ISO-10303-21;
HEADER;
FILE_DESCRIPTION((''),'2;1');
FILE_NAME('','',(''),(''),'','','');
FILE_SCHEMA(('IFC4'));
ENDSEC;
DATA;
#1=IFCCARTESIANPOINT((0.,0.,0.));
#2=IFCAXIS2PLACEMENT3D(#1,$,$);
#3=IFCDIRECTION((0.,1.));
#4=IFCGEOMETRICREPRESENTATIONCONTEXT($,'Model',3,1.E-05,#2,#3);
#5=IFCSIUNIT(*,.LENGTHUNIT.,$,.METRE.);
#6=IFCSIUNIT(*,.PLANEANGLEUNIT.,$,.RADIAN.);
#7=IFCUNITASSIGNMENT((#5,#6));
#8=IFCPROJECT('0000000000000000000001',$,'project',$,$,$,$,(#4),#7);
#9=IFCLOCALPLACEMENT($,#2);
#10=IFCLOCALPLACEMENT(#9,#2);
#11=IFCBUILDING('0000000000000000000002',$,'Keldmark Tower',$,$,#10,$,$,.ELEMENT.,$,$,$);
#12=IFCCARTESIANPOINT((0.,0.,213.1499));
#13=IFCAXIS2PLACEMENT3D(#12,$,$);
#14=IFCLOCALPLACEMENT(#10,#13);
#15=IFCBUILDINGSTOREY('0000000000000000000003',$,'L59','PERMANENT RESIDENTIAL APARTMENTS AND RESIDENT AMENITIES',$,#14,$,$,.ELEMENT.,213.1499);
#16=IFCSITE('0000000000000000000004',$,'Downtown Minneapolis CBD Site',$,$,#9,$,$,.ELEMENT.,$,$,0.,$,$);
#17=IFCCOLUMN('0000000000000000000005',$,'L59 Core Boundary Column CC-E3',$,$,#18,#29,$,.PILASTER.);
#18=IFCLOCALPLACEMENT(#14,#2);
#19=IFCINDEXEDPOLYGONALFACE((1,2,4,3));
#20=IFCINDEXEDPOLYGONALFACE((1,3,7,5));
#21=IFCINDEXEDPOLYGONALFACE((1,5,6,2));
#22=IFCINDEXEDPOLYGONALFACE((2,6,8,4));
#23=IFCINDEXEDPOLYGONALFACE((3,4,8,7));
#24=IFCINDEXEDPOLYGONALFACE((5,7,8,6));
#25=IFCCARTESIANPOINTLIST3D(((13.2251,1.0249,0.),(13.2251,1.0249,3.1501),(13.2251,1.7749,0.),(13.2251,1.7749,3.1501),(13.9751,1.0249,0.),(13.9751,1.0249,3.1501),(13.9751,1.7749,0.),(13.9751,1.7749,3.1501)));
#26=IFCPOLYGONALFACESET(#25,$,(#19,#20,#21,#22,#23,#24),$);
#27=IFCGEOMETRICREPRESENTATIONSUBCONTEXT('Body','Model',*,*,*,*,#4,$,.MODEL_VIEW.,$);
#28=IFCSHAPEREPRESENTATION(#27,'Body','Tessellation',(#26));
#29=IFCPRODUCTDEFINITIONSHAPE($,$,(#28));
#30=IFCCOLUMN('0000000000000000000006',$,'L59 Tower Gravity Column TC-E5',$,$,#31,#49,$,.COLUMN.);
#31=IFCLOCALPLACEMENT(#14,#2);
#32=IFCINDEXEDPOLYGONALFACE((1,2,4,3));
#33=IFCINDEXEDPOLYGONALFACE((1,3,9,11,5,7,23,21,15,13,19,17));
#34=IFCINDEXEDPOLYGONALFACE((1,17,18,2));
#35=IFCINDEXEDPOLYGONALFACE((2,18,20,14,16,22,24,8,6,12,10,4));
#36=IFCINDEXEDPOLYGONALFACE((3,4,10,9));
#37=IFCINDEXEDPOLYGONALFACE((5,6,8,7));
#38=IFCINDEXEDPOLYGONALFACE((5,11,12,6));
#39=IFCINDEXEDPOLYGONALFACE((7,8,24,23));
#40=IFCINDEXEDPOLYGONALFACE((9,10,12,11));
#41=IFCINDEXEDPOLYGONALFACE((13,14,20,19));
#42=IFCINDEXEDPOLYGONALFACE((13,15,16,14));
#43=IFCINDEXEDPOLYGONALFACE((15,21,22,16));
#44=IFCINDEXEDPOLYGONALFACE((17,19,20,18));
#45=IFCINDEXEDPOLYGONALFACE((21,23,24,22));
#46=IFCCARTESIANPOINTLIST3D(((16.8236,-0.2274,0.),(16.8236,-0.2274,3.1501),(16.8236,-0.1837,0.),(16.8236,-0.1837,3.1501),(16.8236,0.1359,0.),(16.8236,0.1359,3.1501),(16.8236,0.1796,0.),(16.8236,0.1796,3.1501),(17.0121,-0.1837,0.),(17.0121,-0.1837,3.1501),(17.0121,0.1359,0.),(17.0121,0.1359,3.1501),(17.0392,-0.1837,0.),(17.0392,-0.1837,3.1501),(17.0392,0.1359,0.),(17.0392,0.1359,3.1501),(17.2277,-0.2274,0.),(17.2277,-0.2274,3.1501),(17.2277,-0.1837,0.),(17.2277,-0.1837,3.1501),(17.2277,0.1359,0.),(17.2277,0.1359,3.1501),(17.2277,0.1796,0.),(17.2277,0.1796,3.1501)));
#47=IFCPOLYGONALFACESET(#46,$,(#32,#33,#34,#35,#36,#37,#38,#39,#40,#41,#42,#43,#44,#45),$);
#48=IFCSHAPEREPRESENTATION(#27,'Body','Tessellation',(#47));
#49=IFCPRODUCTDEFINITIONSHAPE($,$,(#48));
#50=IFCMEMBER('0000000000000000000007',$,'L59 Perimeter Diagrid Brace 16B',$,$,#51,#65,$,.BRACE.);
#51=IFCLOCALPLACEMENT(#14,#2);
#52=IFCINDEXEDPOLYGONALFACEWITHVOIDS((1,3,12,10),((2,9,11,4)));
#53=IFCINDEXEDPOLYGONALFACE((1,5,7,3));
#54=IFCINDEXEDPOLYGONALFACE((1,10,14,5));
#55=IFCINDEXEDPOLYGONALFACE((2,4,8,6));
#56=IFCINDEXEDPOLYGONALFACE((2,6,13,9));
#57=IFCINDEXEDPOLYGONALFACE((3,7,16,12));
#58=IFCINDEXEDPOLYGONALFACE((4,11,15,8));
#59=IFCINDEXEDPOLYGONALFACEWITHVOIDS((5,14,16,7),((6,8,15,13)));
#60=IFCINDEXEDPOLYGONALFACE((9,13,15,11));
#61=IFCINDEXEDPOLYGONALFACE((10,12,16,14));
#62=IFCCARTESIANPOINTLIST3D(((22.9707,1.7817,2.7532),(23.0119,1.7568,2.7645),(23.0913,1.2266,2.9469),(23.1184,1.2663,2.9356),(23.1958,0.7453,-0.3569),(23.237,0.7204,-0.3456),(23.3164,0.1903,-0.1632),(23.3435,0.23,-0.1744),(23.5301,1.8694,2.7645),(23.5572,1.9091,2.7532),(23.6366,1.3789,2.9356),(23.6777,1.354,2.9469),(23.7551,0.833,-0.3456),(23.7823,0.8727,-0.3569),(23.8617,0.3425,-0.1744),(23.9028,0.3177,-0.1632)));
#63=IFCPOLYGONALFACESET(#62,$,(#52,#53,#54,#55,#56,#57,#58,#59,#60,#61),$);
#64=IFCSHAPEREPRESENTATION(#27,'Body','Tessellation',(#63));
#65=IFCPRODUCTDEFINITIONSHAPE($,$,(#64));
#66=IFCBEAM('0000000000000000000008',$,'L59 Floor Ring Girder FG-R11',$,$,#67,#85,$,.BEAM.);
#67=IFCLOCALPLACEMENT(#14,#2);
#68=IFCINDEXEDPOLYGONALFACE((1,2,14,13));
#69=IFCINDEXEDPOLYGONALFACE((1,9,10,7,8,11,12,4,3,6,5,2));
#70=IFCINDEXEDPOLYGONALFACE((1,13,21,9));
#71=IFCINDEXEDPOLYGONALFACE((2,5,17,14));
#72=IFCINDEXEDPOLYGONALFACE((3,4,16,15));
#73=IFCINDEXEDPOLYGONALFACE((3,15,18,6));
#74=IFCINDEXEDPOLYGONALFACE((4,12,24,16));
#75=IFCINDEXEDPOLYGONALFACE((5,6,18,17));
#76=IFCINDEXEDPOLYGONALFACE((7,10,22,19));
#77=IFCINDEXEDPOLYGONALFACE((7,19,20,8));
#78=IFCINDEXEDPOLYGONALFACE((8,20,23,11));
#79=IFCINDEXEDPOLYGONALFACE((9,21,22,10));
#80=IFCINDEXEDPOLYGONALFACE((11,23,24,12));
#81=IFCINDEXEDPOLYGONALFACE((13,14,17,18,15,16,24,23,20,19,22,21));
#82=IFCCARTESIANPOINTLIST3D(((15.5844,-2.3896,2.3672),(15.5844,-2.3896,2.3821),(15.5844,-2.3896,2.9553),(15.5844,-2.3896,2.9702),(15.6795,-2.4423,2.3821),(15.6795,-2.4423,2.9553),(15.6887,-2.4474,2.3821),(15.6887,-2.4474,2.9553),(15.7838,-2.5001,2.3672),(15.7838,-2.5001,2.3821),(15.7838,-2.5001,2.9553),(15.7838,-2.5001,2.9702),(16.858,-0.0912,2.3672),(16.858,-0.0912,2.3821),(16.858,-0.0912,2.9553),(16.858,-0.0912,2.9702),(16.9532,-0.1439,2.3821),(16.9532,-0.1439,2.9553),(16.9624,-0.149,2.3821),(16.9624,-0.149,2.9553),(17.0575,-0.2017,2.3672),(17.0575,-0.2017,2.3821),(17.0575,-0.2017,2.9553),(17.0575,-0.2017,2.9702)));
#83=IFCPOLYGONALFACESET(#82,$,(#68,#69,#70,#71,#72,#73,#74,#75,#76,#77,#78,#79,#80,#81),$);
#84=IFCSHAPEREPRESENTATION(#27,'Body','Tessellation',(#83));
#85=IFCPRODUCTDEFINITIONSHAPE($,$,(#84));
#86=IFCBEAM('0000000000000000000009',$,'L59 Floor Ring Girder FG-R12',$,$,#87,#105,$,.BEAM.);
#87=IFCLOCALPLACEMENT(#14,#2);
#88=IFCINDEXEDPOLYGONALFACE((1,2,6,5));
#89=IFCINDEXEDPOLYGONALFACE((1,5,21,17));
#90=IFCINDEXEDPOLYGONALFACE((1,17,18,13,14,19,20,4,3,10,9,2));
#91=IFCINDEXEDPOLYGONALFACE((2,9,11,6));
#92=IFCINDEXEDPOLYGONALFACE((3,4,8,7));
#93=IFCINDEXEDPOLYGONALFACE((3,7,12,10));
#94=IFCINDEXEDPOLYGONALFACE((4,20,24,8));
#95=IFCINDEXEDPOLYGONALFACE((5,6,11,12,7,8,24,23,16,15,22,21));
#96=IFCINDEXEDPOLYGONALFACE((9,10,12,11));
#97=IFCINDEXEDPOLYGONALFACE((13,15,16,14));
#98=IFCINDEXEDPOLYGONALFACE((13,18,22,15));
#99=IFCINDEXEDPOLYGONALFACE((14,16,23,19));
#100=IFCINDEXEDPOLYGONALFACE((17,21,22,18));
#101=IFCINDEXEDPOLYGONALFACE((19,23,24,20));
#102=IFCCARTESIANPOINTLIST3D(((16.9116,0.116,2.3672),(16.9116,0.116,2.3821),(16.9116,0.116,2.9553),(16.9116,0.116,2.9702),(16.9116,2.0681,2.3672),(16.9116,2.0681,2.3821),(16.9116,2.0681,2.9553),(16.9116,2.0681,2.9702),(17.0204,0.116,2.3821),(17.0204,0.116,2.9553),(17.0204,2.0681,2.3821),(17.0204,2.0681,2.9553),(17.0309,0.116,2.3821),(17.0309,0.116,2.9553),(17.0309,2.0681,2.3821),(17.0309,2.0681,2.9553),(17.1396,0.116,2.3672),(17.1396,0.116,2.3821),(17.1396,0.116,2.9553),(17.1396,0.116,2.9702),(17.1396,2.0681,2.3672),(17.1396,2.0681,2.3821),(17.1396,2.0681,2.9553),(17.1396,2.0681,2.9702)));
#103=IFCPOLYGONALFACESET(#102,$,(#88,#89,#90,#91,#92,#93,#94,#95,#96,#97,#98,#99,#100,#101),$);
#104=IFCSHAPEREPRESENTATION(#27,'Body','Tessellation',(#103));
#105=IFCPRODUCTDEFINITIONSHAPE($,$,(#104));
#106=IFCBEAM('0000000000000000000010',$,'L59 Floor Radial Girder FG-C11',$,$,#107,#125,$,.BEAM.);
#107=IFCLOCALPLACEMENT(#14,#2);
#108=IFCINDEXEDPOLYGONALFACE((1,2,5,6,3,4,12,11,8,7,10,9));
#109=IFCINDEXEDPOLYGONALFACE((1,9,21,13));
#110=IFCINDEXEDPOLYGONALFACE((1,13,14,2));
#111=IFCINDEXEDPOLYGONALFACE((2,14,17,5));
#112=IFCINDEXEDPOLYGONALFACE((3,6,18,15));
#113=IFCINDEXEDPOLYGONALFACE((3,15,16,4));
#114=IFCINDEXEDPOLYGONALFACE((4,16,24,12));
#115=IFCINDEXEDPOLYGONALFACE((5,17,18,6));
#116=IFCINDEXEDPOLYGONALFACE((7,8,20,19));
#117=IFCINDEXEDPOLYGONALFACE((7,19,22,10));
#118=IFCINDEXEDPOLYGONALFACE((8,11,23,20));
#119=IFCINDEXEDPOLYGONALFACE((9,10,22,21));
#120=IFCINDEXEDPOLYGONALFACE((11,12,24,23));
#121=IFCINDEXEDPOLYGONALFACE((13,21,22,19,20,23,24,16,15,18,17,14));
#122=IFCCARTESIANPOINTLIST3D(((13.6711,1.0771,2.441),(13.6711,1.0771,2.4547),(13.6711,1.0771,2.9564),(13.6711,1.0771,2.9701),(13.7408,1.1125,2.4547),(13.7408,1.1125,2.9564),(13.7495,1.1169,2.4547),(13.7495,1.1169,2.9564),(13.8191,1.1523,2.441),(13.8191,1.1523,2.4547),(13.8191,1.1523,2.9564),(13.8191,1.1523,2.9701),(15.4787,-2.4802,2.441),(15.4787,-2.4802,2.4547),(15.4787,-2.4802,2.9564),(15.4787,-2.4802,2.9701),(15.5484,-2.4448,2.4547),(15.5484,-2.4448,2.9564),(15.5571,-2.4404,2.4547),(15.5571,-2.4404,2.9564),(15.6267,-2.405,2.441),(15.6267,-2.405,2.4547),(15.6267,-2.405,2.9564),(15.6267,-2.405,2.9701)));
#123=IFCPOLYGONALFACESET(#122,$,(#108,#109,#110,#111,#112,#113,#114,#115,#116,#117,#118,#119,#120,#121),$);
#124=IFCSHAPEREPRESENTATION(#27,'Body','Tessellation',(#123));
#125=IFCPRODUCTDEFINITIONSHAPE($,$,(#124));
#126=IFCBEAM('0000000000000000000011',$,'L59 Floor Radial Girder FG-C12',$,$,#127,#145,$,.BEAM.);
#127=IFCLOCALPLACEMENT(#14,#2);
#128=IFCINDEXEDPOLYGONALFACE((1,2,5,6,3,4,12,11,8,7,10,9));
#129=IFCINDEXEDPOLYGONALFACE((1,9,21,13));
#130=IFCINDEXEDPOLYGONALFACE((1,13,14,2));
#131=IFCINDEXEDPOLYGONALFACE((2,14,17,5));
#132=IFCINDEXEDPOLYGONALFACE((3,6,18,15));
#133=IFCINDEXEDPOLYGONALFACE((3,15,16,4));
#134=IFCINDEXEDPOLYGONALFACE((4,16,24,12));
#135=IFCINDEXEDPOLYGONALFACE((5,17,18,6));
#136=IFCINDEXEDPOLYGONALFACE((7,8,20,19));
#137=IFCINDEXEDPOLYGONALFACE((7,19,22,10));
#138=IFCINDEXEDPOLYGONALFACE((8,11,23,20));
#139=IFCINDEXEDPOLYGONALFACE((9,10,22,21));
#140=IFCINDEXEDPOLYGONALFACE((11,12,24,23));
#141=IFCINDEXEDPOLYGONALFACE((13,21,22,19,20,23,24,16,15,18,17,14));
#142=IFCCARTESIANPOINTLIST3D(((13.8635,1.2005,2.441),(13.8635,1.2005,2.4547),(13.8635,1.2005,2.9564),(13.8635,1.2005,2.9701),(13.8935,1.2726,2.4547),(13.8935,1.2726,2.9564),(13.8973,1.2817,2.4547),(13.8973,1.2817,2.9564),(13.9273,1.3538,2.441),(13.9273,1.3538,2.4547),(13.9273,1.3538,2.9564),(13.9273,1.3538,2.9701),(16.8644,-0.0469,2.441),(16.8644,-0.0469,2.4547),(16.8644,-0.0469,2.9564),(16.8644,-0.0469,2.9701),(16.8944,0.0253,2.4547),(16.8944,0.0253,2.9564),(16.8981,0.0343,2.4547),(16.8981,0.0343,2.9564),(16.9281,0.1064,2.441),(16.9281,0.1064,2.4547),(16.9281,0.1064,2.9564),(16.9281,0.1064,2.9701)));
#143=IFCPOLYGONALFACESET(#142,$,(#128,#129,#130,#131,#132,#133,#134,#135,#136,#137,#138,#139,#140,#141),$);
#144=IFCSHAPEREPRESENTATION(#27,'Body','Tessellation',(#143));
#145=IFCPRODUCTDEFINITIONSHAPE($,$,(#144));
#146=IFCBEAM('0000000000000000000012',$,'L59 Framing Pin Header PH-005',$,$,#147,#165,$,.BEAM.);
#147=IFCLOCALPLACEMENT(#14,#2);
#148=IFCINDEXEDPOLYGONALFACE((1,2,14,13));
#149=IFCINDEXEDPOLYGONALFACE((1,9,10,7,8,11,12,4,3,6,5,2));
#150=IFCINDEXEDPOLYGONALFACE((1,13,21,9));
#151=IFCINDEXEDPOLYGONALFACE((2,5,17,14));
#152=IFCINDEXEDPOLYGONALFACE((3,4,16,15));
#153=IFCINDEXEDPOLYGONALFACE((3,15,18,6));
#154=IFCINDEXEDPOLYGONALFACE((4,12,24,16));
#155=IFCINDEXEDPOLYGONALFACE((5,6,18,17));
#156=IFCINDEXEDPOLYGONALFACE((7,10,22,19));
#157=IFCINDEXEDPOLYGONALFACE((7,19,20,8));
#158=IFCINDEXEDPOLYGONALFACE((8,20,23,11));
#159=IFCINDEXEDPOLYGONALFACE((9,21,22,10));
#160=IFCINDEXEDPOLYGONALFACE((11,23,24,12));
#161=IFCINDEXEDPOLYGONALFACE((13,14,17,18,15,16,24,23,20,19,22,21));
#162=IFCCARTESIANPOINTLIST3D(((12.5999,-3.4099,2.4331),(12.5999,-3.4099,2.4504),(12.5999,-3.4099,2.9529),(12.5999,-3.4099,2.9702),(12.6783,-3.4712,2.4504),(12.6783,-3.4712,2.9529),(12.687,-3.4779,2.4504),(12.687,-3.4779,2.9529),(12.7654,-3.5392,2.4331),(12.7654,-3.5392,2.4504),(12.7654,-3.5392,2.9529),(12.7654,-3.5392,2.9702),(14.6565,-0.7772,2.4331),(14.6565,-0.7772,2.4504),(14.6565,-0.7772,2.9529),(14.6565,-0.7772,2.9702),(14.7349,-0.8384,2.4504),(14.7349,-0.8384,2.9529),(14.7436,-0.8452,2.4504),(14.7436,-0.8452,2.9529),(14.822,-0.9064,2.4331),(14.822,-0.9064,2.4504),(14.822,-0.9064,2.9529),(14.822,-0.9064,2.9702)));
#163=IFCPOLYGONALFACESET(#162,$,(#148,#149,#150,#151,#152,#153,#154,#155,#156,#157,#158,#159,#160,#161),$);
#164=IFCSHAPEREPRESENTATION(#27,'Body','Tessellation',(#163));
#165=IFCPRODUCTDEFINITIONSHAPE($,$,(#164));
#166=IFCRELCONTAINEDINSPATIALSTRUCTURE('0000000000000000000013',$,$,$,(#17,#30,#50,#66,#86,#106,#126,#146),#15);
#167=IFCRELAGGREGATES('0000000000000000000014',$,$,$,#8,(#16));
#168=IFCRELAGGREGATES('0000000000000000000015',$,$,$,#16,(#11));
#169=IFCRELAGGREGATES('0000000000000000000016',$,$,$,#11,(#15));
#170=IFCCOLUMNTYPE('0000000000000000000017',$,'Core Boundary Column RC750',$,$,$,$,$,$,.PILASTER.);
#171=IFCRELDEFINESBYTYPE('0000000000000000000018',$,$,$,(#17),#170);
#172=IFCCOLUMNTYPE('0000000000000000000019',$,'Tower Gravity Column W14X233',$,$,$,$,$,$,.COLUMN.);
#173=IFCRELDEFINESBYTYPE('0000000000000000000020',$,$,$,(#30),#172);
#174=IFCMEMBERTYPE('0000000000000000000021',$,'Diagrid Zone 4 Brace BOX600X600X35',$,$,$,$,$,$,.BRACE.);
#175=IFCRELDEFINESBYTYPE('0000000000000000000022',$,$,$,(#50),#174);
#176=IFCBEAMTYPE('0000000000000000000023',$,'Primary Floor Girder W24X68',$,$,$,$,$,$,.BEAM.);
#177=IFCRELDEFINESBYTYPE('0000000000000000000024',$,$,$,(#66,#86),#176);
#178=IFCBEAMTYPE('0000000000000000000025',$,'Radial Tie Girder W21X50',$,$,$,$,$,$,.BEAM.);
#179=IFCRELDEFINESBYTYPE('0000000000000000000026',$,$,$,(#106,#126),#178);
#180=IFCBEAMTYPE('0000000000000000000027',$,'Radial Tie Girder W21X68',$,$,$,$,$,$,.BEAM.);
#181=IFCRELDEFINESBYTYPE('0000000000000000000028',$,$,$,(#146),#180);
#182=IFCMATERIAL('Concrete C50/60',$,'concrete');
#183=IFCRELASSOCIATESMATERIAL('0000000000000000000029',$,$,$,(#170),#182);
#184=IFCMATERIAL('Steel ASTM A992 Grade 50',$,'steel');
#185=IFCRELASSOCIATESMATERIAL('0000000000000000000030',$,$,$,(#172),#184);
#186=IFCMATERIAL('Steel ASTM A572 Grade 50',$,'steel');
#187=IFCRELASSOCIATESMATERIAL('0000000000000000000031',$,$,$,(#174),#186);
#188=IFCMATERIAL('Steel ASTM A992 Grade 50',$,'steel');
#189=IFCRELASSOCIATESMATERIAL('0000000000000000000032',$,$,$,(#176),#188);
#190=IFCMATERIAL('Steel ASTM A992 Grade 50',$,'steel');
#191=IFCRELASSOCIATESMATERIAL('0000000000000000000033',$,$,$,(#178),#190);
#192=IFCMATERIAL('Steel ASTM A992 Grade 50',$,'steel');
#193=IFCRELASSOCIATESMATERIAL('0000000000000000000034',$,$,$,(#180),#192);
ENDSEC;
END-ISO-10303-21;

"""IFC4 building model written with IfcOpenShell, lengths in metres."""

from ifc_helpers import new_model, si_unit, direction, frame, origin, origin_2d, place, context, subcontext, project, spatial, rectangle, hollow_rectangle, i_section, extrude, material, material_profile, profile_set, type_object, element, save


model = new_model("IFC4")

# Units and contexts
model_context = context("Model", 3, precision=1e-05, world=origin(), true_north=direction((0.0, 1.0)))
body_context = subcontext(model_context, "Body", "Model", "MODEL_VIEW")
ifc_project = project(units=[si_unit("LENGTHUNIT", "METRE"), si_unit("PLANEANGLEUNIT", "RADIAN")], contexts=[model_context])

# Site, building, storey
site_placement = place(None, origin())
site = spatial("IfcSite", under=ifc_project, at=site_placement, Name="Downtown Minneapolis CBD Site", CompositionType="ELEMENT", RefElevation=0.0)
building_placement = place(site_placement, origin())
building = spatial("IfcBuilding", under=site, at=building_placement, Name="Keldmark Tower", CompositionType="ELEMENT")
storey_placement = place(building_placement, frame((0.0, 0.0, 213.1499)))
storey = spatial("IfcBuildingStorey", under=building, at=storey_placement, Name="L59", Description="PERMANENT RESIDENTIAL APARTMENTS AND RESIDENT AMENITIES", CompositionType="ELEMENT", Elevation=213.1499)

# Columns
ifc_material_1 = material(Name="Concrete C50/60", Category="concrete")
ifc_material_profile_1 = material_profile(ifc_material_1, rectangle(XDim=0.75, YDim=0.75, at=origin_2d()), Name="RC750X750")
ifc_profile_set_1 = profile_set([ifc_material_profile_1], Name="Concrete C50/60")
column_type_1 = type_object("IfcColumnType", Name="Core Boundary Column RC750", PredefinedType="PILASTER", material=ifc_profile_set_1)
column_1_placement = place(storey_placement, frame((13.6001, 1.3999, 0.0), z_axis=(0.0, 0.0, 1.0), x_axis=(1.0, 0.0, 0.0)))
element("IfcColumn", 1, at=column_1_placement, inside=storey, type_object=column_type_1, Name="L59 Core Boundary Column CC-E3", PredefinedType="PILASTER", context=body_context, shape_type="SweptSolid", body=[
    extrude(rectangle(XDim=0.75, YDim=0.75, at=origin_2d()), origin(), (0.0, 0.0, 1.0), 3.1501),
])
ifc_material_2 = material(Name="Steel ASTM A992 Grade 50", Category="steel")
ifc_material_profile_2 = material_profile(ifc_material_2, i_section(OverallWidth=0.4041, OverallDepth=0.407, WebThickness=0.0271, FlangeThickness=0.0437, at=origin_2d()), Name="W14X233")
ifc_profile_set_2 = profile_set([ifc_material_profile_2], Name="Steel ASTM A992 Grade 50")
column_type_2 = type_object("IfcColumnType", Name="Tower Gravity Column W14X233", PredefinedType="COLUMN", material=ifc_profile_set_2)
column_2_placement = place(storey_placement, frame((17.0256, -0.0239, 0.0), z_axis=(0.0, 0.0, 1.0), x_axis=(1.0, 0.0, 0.0)))
element("IfcColumn", 2, at=column_2_placement, inside=storey, type_object=column_type_2, Name="L59 Tower Gravity Column TC-E5", PredefinedType="COLUMN", context=body_context, shape_type="SweptSolid", body=[
    extrude(i_section(OverallWidth=0.4041, OverallDepth=0.407, WebThickness=0.0271, FlangeThickness=0.0437, at=origin_2d()), origin(), (0.0, 0.0, 1.0), 3.1501),
])

# Member
ifc_material_3 = material(Name="Steel ASTM A572 Grade 50", Category="steel")
ifc_material_profile_3 = material_profile(ifc_material_3, hollow_rectangle(XDim=0.6001, YDim=0.6001, WallThickness=0.0349, at=origin_2d()), Name="BOX600X600X35")
ifc_profile_set_3 = profile_set([ifc_material_profile_3], Name="Steel ASTM A572 Grade 50")
member_type = type_object("IfcMemberType", Name="Diagrid Zone 4 Brace BOX600X600X35", PredefinedType="BRACE", material=ifc_profile_set_3)
member_placement = place(storey_placement, frame((23.5493, 0.5315, -0.26), z_axis=(-0.068503, 0.315396, 0.946484), x_axis=(-0.977216, -0.212248, 0.0)))
element("IfcMember", 3, at=member_placement, inside=storey, type_object=member_type, Name="L59 Perimeter Diagrid Brace 16B", PredefinedType="BRACE", context=body_context, shape_type="SweptSolid", body=[
    extrude(hollow_rectangle(XDim=0.6001, YDim=0.6001, WallThickness=0.0349, at=origin_2d()), origin(), (0.0, 0.0, 1.0), 3.2859),
])

# Beams
ifc_material_4 = material(Name="Steel ASTM A992 Grade 50", Category="steel")
ifc_material_profile_4 = material_profile(ifc_material_4, i_section(OverallWidth=0.228, OverallDepth=0.603, WebThickness=0.0105, FlangeThickness=0.0149, at=origin_2d()), Name="W24X68")
ifc_profile_set_4 = profile_set([ifc_material_profile_4], Name="Steel ASTM A992 Grade 50")
beam_type_1 = type_object("IfcBeamType", Name="Primary Floor Girder W24X68", PredefinedType="BEAM", material=ifc_profile_set_4)
beam_1_placement = place(storey_placement, frame((15.6841, -2.4448, 2.6687), z_axis=(0.48472, 0.87467, 0.0), x_axis=(-0.87467, 0.48472, 0.0)))
element("IfcBeam", 4, at=beam_1_placement, inside=storey, type_object=beam_type_1, Name="L59 Floor Ring Girder FG-R11", PredefinedType="BEAM", context=body_context, shape_type="SweptSolid", body=[
    extrude(i_section(OverallWidth=0.228, OverallDepth=0.603, WebThickness=0.0105, FlangeThickness=0.0149, at=origin_2d()), origin(), (0.0, 0.0, 1.0), 2.6277),
])
beam_2_placement = place(storey_placement, frame((17.0256, 0.116, 2.6687), z_axis=(0.0, 1.0, 0.0), x_axis=(-1.0, 0.0, 0.0)))
element("IfcBeam", 5, at=beam_2_placement, inside=storey, type_object=beam_type_1, Name="L59 Floor Ring Girder FG-R12", PredefinedType="BEAM", context=body_context, shape_type="SweptSolid", body=[
    extrude(i_section(OverallWidth=0.228, OverallDepth=0.603, WebThickness=0.0105, FlangeThickness=0.0149, at=origin_2d()), origin(), (0.0, 0.0, 1.0), 1.9521),
])
ifc_material_5 = material(Name="Steel ASTM A992 Grade 50", Category="steel")
ifc_material_profile_5 = material_profile(ifc_material_5, i_section(OverallWidth=0.166, OverallDepth=0.5291, WebThickness=0.0098, FlangeThickness=0.0137, at=origin_2d()), Name="W21X50")
ifc_profile_set_5 = profile_set([ifc_material_profile_5], Name="Steel ASTM A992 Grade 50")
beam_type_2 = type_object("IfcBeamType", Name="Radial Tie Girder W21X50", PredefinedType="BEAM", material=ifc_profile_set_5)
beam_3_placement = place(storey_placement, frame((15.5527, -2.4426, 2.7056), z_axis=(-0.453004, 0.891508, 0.0), x_axis=(-0.891508, -0.453004, 0.0)))
element("IfcBeam", 6, at=beam_3_placement, inside=storey, type_object=beam_type_2, Name="L59 Floor Radial Girder FG-C11", PredefinedType="BEAM", context=body_context, shape_type="SweptSolid", body=[
    extrude(i_section(OverallWidth=0.166, OverallDepth=0.5291, WebThickness=0.0098, FlangeThickness=0.0137, at=origin_2d()), origin(), (0.0, 0.0, 1.0), 3.9902),
])
beam_4_placement = place(storey_placement, frame((16.8962, 0.0298, 2.7056), z_axis=(-0.923403, 0.383831, 0.0), x_axis=(-0.383831, -0.923403, 0.0)))
element("IfcBeam", 7, at=beam_4_placement, inside=storey, type_object=beam_type_2, Name="L59 Floor Radial Girder FG-C12", PredefinedType="BEAM", context=body_context, shape_type="SweptSolid", body=[
    extrude(i_section(OverallWidth=0.166, OverallDepth=0.5291, WebThickness=0.0098, FlangeThickness=0.0137, at=origin_2d()), origin(), (0.0, 0.0, 1.0), 3.2498),
])
ifc_material_6 = material(Name="Steel ASTM A992 Grade 50", Category="steel")
ifc_material_profile_6 = material_profile(ifc_material_6, i_section(OverallWidth=0.21, OverallDepth=0.5371, WebThickness=0.011, FlangeThickness=0.0173, at=origin_2d()), Name="W21X68")
ifc_profile_set_6 = profile_set([ifc_material_profile_6], Name="Steel ASTM A992 Grade 50")
beam_type_3 = type_object("IfcBeamType", Name="Radial Tie Girder W21X68", PredefinedType="BEAM", material=ifc_profile_set_6)
beam_5_placement = place(storey_placement, frame((14.7393, -0.8418, 2.7017), z_axis=(-0.615599, -0.78806, 0.0), x_axis=(0.78806, -0.615599, 0.0)))
element("IfcBeam", 8, at=beam_5_placement, inside=storey, type_object=beam_type_3, Name="L59 Framing Pin Header PH-005", PredefinedType="BEAM", context=body_context, shape_type="SweptSolid", body=[
    extrude(i_section(OverallWidth=0.21, OverallDepth=0.5371, WebThickness=0.011, FlangeThickness=0.0173, at=origin_2d()), origin(), (0.0, 0.0, 1.0), 3.3408),
])

save(model, "model.ifc")
